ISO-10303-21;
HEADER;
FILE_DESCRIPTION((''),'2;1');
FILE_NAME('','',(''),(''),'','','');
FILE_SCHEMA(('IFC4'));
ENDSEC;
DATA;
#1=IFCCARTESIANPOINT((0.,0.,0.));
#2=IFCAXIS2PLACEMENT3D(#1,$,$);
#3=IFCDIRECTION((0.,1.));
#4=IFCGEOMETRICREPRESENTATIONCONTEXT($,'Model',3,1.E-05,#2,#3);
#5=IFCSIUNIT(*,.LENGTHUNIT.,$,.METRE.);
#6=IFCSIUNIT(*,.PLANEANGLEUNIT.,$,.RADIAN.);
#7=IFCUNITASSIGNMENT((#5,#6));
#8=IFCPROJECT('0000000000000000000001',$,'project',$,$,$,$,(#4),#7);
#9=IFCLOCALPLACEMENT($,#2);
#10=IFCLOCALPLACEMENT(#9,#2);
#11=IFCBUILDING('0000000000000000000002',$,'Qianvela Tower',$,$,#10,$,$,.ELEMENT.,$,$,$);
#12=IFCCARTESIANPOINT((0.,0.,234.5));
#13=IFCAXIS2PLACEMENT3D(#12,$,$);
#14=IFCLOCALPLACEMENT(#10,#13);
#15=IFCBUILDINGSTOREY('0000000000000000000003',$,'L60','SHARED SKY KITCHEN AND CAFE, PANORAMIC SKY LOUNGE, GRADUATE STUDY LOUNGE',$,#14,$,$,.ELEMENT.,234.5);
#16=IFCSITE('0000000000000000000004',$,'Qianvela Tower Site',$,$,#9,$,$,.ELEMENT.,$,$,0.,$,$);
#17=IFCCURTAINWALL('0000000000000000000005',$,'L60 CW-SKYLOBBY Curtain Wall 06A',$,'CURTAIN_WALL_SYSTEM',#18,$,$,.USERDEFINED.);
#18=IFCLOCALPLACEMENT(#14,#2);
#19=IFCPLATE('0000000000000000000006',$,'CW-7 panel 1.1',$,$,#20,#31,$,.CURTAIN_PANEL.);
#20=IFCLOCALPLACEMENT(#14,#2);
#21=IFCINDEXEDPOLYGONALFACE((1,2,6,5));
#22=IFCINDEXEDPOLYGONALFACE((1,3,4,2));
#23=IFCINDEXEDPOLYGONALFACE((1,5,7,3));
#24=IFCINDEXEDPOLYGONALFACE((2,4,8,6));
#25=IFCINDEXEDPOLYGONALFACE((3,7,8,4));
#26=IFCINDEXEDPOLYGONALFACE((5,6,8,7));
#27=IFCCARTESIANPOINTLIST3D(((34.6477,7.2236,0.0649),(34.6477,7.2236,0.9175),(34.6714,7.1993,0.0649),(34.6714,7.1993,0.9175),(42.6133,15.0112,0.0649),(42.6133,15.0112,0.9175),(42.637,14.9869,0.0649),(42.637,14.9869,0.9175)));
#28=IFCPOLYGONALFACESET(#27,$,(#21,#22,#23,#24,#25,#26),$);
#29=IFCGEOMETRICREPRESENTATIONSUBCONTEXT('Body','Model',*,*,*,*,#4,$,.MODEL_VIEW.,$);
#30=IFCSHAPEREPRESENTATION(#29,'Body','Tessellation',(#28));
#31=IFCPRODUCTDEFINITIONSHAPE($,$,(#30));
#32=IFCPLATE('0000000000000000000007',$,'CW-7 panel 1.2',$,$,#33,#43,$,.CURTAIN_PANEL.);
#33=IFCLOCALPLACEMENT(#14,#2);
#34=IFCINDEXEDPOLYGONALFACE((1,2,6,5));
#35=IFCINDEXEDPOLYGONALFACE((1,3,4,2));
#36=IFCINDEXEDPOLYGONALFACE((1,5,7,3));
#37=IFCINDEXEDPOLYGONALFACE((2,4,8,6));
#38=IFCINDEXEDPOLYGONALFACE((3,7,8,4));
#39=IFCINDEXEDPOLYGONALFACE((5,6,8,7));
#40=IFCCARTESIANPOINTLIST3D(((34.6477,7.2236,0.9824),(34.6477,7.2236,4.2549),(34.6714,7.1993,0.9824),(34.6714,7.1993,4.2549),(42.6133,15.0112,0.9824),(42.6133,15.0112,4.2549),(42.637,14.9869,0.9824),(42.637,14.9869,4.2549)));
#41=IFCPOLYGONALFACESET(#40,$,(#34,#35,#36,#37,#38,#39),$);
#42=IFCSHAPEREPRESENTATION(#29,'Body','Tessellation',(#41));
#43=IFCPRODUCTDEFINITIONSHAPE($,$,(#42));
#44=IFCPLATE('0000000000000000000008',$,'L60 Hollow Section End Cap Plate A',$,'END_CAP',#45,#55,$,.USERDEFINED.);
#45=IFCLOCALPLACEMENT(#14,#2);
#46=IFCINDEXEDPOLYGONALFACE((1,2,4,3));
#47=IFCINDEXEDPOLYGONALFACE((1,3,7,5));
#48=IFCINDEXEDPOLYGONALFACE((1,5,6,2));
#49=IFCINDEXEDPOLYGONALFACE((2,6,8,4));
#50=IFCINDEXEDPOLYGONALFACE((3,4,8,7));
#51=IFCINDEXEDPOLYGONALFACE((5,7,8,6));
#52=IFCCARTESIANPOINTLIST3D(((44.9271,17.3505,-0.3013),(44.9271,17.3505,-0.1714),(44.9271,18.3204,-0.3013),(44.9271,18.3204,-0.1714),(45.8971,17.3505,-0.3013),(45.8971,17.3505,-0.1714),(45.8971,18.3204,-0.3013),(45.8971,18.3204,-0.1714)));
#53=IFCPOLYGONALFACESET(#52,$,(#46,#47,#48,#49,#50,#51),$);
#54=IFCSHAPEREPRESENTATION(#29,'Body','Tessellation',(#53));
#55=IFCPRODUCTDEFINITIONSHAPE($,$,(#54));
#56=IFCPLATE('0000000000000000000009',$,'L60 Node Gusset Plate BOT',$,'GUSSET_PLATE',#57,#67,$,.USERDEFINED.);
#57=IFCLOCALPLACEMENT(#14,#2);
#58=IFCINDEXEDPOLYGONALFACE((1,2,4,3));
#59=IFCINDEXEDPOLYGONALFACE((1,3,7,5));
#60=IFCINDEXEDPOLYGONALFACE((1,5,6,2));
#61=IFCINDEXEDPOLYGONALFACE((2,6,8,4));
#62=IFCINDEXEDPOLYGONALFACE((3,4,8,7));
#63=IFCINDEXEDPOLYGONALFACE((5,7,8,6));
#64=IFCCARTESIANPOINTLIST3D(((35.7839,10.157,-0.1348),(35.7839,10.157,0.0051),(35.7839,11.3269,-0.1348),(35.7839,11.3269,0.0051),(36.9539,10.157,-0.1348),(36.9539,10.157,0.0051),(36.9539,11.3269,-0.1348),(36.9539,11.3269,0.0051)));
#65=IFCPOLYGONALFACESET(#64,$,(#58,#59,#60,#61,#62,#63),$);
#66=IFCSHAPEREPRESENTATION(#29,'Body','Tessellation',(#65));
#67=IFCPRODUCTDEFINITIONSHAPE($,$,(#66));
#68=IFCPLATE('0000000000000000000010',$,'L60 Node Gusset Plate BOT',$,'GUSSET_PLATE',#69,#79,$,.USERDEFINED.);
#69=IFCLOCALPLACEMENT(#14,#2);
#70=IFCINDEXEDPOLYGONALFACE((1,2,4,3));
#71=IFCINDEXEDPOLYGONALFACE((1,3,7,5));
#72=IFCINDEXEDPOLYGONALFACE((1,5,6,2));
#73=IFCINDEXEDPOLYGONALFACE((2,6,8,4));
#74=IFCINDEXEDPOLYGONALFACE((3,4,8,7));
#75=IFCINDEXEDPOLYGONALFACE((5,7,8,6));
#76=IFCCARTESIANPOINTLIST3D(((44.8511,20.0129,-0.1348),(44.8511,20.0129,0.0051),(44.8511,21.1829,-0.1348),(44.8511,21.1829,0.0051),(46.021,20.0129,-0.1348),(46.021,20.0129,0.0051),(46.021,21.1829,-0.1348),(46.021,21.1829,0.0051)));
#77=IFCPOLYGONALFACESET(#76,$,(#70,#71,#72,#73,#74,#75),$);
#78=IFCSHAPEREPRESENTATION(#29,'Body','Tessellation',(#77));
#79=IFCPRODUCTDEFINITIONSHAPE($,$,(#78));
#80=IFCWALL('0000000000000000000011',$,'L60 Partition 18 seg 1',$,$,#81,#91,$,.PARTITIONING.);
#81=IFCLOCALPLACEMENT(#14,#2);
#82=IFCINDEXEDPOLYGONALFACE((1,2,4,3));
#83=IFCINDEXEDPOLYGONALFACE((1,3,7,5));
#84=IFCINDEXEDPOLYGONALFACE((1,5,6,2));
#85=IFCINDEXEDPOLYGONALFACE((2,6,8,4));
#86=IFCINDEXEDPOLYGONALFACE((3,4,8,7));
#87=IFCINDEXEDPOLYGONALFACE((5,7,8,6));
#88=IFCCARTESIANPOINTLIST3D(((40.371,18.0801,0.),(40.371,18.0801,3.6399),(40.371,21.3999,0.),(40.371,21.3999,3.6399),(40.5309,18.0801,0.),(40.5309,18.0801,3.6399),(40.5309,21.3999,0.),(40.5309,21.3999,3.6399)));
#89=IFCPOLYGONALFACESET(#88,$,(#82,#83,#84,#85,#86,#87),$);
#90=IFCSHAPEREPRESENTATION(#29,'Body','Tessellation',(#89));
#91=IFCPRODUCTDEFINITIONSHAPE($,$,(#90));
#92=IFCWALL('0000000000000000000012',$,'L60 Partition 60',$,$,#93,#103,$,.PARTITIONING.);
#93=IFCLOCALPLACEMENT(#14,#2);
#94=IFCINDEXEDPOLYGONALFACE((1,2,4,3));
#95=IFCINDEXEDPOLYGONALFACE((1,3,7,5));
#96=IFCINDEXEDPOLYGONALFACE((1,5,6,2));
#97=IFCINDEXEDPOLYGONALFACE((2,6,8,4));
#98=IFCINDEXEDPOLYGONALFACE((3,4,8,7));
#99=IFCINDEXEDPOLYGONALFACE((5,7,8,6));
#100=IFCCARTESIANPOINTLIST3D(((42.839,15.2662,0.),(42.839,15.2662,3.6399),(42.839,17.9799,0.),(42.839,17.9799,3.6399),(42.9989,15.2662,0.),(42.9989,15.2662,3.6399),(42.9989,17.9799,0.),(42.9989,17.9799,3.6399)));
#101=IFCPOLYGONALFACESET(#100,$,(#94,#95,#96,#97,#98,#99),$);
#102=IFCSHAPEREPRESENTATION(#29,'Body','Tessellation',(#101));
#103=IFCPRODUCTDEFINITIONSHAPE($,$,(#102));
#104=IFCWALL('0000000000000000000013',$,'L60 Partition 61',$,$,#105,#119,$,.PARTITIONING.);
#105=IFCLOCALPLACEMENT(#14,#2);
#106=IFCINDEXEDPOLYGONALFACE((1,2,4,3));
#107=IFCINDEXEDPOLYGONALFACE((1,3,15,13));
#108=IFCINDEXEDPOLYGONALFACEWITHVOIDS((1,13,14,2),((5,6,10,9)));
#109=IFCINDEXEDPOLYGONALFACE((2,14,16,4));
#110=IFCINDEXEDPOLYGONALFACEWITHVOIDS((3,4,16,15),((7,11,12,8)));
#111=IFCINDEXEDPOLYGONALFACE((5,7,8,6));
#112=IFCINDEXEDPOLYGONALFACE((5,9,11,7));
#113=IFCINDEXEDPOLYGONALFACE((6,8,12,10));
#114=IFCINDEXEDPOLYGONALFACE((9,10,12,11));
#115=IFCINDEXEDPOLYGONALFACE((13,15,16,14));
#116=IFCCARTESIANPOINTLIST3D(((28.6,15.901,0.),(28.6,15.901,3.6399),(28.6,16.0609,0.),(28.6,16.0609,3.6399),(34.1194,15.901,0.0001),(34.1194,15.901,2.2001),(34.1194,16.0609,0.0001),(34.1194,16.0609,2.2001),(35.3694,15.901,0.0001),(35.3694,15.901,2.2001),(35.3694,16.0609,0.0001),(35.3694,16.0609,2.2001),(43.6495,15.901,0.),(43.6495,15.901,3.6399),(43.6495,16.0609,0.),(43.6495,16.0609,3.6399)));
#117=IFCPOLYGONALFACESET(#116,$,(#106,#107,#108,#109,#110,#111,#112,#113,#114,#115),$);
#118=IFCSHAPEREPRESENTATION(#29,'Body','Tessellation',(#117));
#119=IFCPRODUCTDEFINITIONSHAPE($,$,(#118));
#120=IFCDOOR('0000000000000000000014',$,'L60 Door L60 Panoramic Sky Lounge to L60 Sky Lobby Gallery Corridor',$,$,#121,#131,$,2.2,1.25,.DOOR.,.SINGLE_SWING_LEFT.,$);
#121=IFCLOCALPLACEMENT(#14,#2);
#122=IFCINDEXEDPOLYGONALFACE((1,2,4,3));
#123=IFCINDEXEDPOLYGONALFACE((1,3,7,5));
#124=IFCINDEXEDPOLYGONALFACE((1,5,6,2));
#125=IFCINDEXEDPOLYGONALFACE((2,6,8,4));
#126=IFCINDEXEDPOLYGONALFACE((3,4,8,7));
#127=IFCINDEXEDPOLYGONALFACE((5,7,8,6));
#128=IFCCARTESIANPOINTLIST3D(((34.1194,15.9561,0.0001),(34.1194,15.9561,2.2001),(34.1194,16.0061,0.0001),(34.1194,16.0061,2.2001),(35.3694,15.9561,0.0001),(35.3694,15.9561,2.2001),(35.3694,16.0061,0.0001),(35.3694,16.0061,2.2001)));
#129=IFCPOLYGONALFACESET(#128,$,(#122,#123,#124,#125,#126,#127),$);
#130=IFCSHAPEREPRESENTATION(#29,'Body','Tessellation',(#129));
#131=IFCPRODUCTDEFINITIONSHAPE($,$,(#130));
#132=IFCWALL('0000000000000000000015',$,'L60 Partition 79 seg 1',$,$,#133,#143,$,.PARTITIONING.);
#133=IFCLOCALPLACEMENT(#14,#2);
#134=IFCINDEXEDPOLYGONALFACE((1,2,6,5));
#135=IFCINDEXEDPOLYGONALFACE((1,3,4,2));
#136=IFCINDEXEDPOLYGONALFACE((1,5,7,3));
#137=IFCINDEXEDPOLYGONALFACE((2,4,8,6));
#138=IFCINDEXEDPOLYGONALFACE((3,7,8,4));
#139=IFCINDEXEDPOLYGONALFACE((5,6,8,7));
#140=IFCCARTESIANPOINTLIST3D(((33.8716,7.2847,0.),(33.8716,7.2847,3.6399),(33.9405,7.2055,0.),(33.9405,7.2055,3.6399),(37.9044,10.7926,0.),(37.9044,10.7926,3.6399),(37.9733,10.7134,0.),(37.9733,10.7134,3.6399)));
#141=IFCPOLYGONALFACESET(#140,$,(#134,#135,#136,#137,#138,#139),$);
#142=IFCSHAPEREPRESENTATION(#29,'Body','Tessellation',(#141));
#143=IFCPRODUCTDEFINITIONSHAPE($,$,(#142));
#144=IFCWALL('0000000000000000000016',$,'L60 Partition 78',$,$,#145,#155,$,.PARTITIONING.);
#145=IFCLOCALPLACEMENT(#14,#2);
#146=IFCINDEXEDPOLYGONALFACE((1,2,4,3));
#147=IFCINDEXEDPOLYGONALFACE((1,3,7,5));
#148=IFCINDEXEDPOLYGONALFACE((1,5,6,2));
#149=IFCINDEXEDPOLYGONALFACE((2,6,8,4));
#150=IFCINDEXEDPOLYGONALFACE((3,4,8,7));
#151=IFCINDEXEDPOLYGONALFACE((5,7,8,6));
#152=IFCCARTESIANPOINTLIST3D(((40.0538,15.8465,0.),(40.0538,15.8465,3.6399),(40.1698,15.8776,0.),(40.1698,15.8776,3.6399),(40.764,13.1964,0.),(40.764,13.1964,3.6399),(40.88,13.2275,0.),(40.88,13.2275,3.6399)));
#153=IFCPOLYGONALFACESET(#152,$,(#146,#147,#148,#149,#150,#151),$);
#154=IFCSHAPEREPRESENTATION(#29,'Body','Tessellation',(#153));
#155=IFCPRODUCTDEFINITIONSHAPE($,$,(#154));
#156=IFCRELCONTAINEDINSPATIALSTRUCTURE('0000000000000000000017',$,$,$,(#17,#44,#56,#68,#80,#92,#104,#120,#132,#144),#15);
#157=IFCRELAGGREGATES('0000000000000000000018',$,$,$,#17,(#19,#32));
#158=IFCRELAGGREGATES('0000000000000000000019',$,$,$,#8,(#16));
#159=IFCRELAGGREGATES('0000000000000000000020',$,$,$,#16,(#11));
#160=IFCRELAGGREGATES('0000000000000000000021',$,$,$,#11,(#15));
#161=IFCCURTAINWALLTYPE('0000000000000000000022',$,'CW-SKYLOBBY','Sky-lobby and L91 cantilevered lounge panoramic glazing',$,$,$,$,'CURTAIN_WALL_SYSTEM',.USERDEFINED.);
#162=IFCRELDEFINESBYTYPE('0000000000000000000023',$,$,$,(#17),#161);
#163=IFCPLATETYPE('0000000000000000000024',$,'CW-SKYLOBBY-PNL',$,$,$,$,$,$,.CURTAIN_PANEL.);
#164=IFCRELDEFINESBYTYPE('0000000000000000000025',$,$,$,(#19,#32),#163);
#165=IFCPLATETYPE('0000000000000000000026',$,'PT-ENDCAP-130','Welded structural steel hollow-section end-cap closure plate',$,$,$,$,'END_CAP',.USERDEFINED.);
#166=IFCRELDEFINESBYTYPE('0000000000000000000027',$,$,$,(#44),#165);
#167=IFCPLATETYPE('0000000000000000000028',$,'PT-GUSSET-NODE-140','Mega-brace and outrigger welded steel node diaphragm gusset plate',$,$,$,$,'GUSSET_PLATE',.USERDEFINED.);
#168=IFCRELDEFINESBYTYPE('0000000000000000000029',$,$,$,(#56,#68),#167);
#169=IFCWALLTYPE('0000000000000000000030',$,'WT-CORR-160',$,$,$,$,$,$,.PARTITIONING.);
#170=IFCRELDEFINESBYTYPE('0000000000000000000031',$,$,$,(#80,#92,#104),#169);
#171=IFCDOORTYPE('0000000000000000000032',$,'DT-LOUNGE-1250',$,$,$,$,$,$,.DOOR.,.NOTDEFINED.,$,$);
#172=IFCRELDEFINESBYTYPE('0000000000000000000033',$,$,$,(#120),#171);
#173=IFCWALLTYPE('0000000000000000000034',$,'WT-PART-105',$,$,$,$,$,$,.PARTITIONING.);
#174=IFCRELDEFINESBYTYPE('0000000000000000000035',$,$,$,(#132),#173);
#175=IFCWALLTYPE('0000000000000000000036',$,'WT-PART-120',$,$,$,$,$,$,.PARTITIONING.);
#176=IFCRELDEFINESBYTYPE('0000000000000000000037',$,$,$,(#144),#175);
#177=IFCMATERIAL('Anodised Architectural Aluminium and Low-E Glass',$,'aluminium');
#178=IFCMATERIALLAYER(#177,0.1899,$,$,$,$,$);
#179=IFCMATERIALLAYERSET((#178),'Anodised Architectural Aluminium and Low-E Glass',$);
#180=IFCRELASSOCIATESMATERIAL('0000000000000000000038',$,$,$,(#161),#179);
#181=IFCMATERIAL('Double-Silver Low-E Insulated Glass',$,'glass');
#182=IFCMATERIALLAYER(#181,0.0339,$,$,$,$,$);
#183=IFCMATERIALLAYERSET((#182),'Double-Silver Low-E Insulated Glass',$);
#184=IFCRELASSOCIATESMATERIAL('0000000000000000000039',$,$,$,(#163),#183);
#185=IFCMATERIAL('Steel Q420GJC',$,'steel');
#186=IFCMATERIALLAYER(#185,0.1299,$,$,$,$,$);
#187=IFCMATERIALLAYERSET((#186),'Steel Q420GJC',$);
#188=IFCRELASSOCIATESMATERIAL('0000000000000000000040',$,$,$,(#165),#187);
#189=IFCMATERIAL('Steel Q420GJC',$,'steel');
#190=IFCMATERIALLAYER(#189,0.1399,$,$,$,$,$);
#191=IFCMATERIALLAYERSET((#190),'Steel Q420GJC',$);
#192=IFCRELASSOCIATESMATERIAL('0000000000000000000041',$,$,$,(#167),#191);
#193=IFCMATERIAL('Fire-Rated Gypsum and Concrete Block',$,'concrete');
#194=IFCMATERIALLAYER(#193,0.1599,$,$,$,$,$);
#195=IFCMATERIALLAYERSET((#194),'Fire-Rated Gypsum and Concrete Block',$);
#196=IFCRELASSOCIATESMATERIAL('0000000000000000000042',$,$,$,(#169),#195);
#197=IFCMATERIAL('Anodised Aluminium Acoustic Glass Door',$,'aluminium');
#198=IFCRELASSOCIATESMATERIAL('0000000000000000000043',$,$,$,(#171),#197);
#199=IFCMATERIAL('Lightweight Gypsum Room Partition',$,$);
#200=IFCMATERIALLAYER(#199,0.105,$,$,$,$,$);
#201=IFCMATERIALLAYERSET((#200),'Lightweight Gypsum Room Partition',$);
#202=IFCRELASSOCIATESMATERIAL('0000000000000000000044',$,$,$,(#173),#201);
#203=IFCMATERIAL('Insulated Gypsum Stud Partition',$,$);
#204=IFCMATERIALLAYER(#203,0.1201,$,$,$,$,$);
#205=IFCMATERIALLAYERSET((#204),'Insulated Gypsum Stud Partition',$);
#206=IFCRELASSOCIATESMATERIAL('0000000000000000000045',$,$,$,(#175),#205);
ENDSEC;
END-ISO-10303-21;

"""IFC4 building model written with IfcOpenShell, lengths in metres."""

from ifc_helpers import new_model, si_unit, direction, frame, frame_2d, origin, origin_2d, place, context, subcontext, project, spatial, rectangle, extrude, material, layer, layer_set, type_object, element, fill, aggregate, save


model = new_model("IFC4")

# Units and contexts
model_context = context("Model", 3, precision=1e-05, world=origin(), true_north=direction((0.0, 1.0)))
body_context = subcontext(model_context, "Body", "Model", "MODEL_VIEW")
ifc_project = project(units=[si_unit("LENGTHUNIT", "METRE"), si_unit("PLANEANGLEUNIT", "RADIAN")], contexts=[model_context])

# Site, building, storey
site_placement = place(None, origin())
site = spatial("IfcSite", under=ifc_project, at=site_placement, Name="Qianvela Tower Site", CompositionType="ELEMENT", RefElevation=0.0)
building_placement = place(site_placement, origin())
building = spatial("IfcBuilding", under=site, at=building_placement, Name="Qianvela Tower", CompositionType="ELEMENT")
storey_placement = place(building_placement, frame((0.0, 0.0, 234.5)))
storey = spatial("IfcBuildingStorey", under=building, at=storey_placement, Name="L60", Description="SHARED SKY KITCHEN AND CAFE, PANORAMIC SKY LOUNGE, GRADUATE STUDY LOUNGE", CompositionType="ELEMENT", Elevation=234.5)

# Curtain wall
ifc_material_1 = material(Name="Anodised Architectural Aluminium and Low-E Glass", Category="aluminium")
ifc_layer_1 = layer(ifc_material_1, 0.1899)
ifc_layer_set_1 = layer_set([ifc_layer_1], Name="Anodised Architectural Aluminium and Low-E Glass")
curtain_wall_type_1 = type_object("IfcCurtainWallType", Name="CW-SKYLOBBY", Description="Sky-lobby and L91 cantilevered lounge panoramic glazing", ElementType="CURTAIN_WALL_SYSTEM", PredefinedType="USERDEFINED", material=ifc_layer_set_1)
curtain_wall_1_placement = place(storey_placement, origin())
curtain_wall_1 = element("IfcCurtainWall", 1, at=curtain_wall_1_placement, inside=storey, type_object=curtain_wall_type_1, Name="L60 CW-SKYLOBBY Curtain Wall 06A", ObjectType="CURTAIN_WALL_SYSTEM", PredefinedType="USERDEFINED")

# Plates
ifc_material_2 = material(Name="Double-Silver Low-E Insulated Glass", Category="glass")
ifc_layer_2 = layer(ifc_material_2, 0.0339)
ifc_layer_set_2 = layer_set([ifc_layer_2], Name="Double-Silver Low-E Insulated Glass")
plate_type_1 = type_object("IfcPlateType", Name="CW-SKYLOBBY-PNL", PredefinedType="CURTAIN_PANEL", material=ifc_layer_set_2)
plate_1_placement = place(storey_placement, frame((38.6423, 11.1052, 0.0649), z_axis=(0.0, 0.0, 1.0), x_axis=(0.715049, 0.699074, 0.0)))
plate_1 = element("IfcPlate", 2, at=plate_1_placement, type_object=plate_type_1, Name="CW-7 panel 1.1", PredefinedType="CURTAIN_PANEL", context=body_context, shape_type="SweptSolid", body=[
    extrude(rectangle(XDim=11.1399, YDim=0.0339, at=origin_2d()), origin(), (0.0, 0.0, 1.0), 0.8525),
])
plate_2_placement = place(storey_placement, frame((38.6423, 11.1052, 0.9824), z_axis=(0.0, 0.0, 1.0), x_axis=(0.715049, 0.699074, 0.0)))
plate_2 = element("IfcPlate", 3, at=plate_2_placement, type_object=plate_type_1, Name="CW-7 panel 1.2", PredefinedType="CURTAIN_PANEL", context=body_context, shape_type="SweptSolid", body=[
    extrude(rectangle(XDim=11.1399, YDim=0.0339, at=origin_2d()), origin(), (0.0, 0.0, 1.0), 3.2725),
])
aggregate(curtain_wall_1, [plate_1, plate_2])

# Plates
ifc_material_3 = material(Name="Steel Q420GJC", Category="steel")
ifc_layer_3 = layer(ifc_material_3, 0.1299)
ifc_layer_set_3 = layer_set([ifc_layer_3], Name="Steel Q420GJC")
plate_type_2 = type_object("IfcPlateType", Name="PT-ENDCAP-130", Description="Welded structural steel hollow-section end-cap closure plate", ElementType="END_CAP", PredefinedType="USERDEFINED", material=ifc_layer_set_3)
plate_3_placement = place(storey_placement, frame((45.4121, 17.8354, -0.3013), z_axis=(0.0, 0.0, 1.0), x_axis=(1.0, 0.0, 0.0)))
element("IfcPlate", 4, at=plate_3_placement, inside=storey, type_object=plate_type_2, Name="L60 Hollow Section End Cap Plate A", ObjectType="END_CAP", PredefinedType="USERDEFINED", context=body_context, shape_type="SweptSolid", body=[
    extrude(rectangle(XDim=0.97, YDim=0.97, at=origin_2d()), origin(), (0.0, 0.0, 1.0), 0.1299),
])
ifc_material_4 = material(Name="Steel Q420GJC", Category="steel")
ifc_layer_4 = layer(ifc_material_4, 0.1399)
ifc_layer_set_4 = layer_set([ifc_layer_4], Name="Steel Q420GJC")
plate_type_3 = type_object("IfcPlateType", Name="PT-GUSSET-NODE-140", Description="Mega-brace and outrigger welded steel node diaphragm gusset plate", ElementType="GUSSET_PLATE", PredefinedType="USERDEFINED", material=ifc_layer_set_4)
for number, where, z_axis, x_axis, name in (
    (5, (36.3689, 10.7419, -0.1348), (0.0, 0.0, 1.0), (1.0, 0.0, 0.0), "L60 Node Gusset Plate BOT"),
    (6, (45.436, 20.5979, -0.1348), (0.0, 0.0, 1.0), (1.0, 0.0, 0.0), "L60 Node Gusset Plate BOT"),
):
    element("IfcPlate", number, at=place(storey_placement, frame(where, z_axis=z_axis, x_axis=x_axis)), inside=storey, type_object=plate_type_3, Name=name, ObjectType="GUSSET_PLATE", PredefinedType="USERDEFINED", context=body_context, shape_type="SweptSolid", body=[
        extrude(rectangle(XDim=1.1699, YDim=1.1699, at=origin_2d()), origin(), (0.0, 0.0, 1.0), 0.1399),
    ])

# Shared definitions
ifc_material_5 = material(Name="Fire-Rated Gypsum and Concrete Block", Category="concrete")
ifc_layer_5 = layer(ifc_material_5, 0.1599)
ifc_layer_set_5 = layer_set([ifc_layer_5], Name="Fire-Rated Gypsum and Concrete Block")
wall_type_1 = type_object("IfcWallType", Name="WT-CORR-160", PredefinedType="PARTITIONING", material=ifc_layer_set_5)

# Walls
wall_1_placement = place(storey_placement, frame((40.4509, 18.0801, 0.0), z_axis=(0.0, 0.0, 1.0), x_axis=(0.0, 1.0, 0.0)))
element("IfcWall", 7, at=wall_1_placement, inside=storey, type_object=wall_type_1, Name="L60 Partition 18 seg 1", PredefinedType="PARTITIONING", context=body_context, shape_type="SweptSolid", body=[
    extrude(rectangle(XDim=3.3198, YDim=0.1599, at=frame_2d((1.6599, 0.0))), origin(), (0.0, 0.0, 1.0), 3.6399),
])
wall_2_placement = place(storey_placement, frame((42.9189, 17.98, 0.0), z_axis=(0.0, 0.0, 1.0), x_axis=(0.0, -1.0, 0.0)))
element("IfcWall", 8, at=wall_2_placement, inside=storey, type_object=wall_type_1, Name="L60 Partition 60", PredefinedType="PARTITIONING", context=body_context, shape_type="SweptSolid", body=[
    extrude(rectangle(XDim=2.7136, YDim=0.1599, at=frame_2d((1.3569, 0.0))), origin(), (0.0, 0.0, 1.0), 3.6399),
])

# Wall, opening, door
wall_3_placement = place(storey_placement, frame((43.6497, 15.981, 0.0), z_axis=(0.0, 0.0, 1.0), x_axis=(-1.0, 0.0, 0.0)))
wall_3 = element("IfcWall", 9, at=wall_3_placement, inside=storey, type_object=wall_type_1, Name="L60 Partition 61", PredefinedType="PARTITIONING", context=body_context, shape_type="SweptSolid", body=[
    extrude(rectangle(XDim=15.0496, YDim=0.1599, at=frame_2d((7.5249, 0.0))), origin(), (0.0, 0.0, 1.0), 3.6399),
])
opening_1_placement = place(wall_3_placement, frame((8.2803, 0.0, 0.0)))
opening_1 = element("IfcOpeningElement", 10, at=opening_1_placement, cuts=wall_3, PredefinedType="OPENING", context=body_context, shape_type="SweptSolid", body=[
    extrude(rectangle(XDim=1.25, YDim=2.2, at=frame_2d((0.625, 1.1001))), frame((0.0, 0.0898, 0.0), z_axis=(0.0, -1.0, 0.0), x_axis=(1.0, 0.0, 0.0)), (0.0, 0.0, 1.0), 0.1799),
])
ifc_material_6 = material(Name="Anodised Aluminium Acoustic Glass Door", Category="aluminium")
door_type_1 = type_object("IfcDoorType", Name="DT-LOUNGE-1250", OperationType="NOTDEFINED", PredefinedType="DOOR", material=ifc_material_6)
door_1_placement = place(opening_1_placement, origin())
door_1 = element("IfcDoor", 11, at=door_1_placement, inside=storey, type_object=door_type_1, Name="L60 Door L60 Panoramic Sky Lounge to L60 Sky Lobby Gallery Corridor", OperationType="SINGLE_SWING_LEFT", OverallHeight=2.2, OverallWidth=1.25, PredefinedType="DOOR", context=body_context, shape_type="SweptSolid", body=[
    extrude(rectangle(XDim=1.25, YDim=2.2, at=frame_2d((0.625, 1.1001))), frame((0.0, 0.0249, 0.0), z_axis=(0.0, -1.0, 0.0), x_axis=(1.0, 0.0, 0.0)), (0.0, 0.0, 1.0), 0.05),
])
fill(opening_1, door_1)

# Walls
ifc_material_7 = material(Name="Lightweight Gypsum Room Partition")
ifc_layer_6 = layer(ifc_material_7, 0.105)
ifc_layer_set_6 = layer_set([ifc_layer_6], Name="Lightweight Gypsum Room Partition")
wall_type_2 = type_object("IfcWallType", Name="WT-PART-105", PredefinedType="PARTITIONING", material=ifc_layer_set_6)
wall_4_placement = place(storey_placement, frame((37.9387, 10.7529, 0.0), z_axis=(0.0, 0.0, 1.0), x_axis=(-0.754503, -0.656296, 0.0)))
element("IfcWall", 12, at=wall_4_placement, inside=storey, type_object=wall_type_2, Name="L60 Partition 79 seg 1", PredefinedType="PARTITIONING", context=body_context, shape_type="SweptSolid", body=[
    extrude(rectangle(XDim=5.345, YDim=0.105, at=frame_2d((2.6724, 0.0))), origin(), (0.0, 0.0, 1.0), 3.6399),
])
ifc_material_8 = material(Name="Insulated Gypsum Stud Partition")
ifc_layer_7 = layer(ifc_material_8, 0.1201)
ifc_layer_set_7 = layer_set([ifc_layer_7], Name="Insulated Gypsum Stud Partition")
wall_type_3 = type_object("IfcWallType", Name="WT-PART-120", PredefinedType="PARTITIONING", material=ifc_layer_set_7)
wall_5_placement = place(storey_placement, frame((40.1118, 15.8621, 0.0), z_axis=(0.0, 0.0, 1.0), x_axis=(0.258853, -0.965917, 0.0)))
element("IfcWall", 13, at=wall_5_placement, inside=storey, type_object=wall_type_3, Name="L60 Partition 78", PredefinedType="PARTITIONING", context=body_context, shape_type="SweptSolid", body=[
    extrude(rectangle(XDim=2.7437, YDim=0.1201, at=frame_2d((1.3718, 0.0))), origin(), (0.0, 0.0, 1.0), 3.6399),
])

save(model, "model.ifc")
